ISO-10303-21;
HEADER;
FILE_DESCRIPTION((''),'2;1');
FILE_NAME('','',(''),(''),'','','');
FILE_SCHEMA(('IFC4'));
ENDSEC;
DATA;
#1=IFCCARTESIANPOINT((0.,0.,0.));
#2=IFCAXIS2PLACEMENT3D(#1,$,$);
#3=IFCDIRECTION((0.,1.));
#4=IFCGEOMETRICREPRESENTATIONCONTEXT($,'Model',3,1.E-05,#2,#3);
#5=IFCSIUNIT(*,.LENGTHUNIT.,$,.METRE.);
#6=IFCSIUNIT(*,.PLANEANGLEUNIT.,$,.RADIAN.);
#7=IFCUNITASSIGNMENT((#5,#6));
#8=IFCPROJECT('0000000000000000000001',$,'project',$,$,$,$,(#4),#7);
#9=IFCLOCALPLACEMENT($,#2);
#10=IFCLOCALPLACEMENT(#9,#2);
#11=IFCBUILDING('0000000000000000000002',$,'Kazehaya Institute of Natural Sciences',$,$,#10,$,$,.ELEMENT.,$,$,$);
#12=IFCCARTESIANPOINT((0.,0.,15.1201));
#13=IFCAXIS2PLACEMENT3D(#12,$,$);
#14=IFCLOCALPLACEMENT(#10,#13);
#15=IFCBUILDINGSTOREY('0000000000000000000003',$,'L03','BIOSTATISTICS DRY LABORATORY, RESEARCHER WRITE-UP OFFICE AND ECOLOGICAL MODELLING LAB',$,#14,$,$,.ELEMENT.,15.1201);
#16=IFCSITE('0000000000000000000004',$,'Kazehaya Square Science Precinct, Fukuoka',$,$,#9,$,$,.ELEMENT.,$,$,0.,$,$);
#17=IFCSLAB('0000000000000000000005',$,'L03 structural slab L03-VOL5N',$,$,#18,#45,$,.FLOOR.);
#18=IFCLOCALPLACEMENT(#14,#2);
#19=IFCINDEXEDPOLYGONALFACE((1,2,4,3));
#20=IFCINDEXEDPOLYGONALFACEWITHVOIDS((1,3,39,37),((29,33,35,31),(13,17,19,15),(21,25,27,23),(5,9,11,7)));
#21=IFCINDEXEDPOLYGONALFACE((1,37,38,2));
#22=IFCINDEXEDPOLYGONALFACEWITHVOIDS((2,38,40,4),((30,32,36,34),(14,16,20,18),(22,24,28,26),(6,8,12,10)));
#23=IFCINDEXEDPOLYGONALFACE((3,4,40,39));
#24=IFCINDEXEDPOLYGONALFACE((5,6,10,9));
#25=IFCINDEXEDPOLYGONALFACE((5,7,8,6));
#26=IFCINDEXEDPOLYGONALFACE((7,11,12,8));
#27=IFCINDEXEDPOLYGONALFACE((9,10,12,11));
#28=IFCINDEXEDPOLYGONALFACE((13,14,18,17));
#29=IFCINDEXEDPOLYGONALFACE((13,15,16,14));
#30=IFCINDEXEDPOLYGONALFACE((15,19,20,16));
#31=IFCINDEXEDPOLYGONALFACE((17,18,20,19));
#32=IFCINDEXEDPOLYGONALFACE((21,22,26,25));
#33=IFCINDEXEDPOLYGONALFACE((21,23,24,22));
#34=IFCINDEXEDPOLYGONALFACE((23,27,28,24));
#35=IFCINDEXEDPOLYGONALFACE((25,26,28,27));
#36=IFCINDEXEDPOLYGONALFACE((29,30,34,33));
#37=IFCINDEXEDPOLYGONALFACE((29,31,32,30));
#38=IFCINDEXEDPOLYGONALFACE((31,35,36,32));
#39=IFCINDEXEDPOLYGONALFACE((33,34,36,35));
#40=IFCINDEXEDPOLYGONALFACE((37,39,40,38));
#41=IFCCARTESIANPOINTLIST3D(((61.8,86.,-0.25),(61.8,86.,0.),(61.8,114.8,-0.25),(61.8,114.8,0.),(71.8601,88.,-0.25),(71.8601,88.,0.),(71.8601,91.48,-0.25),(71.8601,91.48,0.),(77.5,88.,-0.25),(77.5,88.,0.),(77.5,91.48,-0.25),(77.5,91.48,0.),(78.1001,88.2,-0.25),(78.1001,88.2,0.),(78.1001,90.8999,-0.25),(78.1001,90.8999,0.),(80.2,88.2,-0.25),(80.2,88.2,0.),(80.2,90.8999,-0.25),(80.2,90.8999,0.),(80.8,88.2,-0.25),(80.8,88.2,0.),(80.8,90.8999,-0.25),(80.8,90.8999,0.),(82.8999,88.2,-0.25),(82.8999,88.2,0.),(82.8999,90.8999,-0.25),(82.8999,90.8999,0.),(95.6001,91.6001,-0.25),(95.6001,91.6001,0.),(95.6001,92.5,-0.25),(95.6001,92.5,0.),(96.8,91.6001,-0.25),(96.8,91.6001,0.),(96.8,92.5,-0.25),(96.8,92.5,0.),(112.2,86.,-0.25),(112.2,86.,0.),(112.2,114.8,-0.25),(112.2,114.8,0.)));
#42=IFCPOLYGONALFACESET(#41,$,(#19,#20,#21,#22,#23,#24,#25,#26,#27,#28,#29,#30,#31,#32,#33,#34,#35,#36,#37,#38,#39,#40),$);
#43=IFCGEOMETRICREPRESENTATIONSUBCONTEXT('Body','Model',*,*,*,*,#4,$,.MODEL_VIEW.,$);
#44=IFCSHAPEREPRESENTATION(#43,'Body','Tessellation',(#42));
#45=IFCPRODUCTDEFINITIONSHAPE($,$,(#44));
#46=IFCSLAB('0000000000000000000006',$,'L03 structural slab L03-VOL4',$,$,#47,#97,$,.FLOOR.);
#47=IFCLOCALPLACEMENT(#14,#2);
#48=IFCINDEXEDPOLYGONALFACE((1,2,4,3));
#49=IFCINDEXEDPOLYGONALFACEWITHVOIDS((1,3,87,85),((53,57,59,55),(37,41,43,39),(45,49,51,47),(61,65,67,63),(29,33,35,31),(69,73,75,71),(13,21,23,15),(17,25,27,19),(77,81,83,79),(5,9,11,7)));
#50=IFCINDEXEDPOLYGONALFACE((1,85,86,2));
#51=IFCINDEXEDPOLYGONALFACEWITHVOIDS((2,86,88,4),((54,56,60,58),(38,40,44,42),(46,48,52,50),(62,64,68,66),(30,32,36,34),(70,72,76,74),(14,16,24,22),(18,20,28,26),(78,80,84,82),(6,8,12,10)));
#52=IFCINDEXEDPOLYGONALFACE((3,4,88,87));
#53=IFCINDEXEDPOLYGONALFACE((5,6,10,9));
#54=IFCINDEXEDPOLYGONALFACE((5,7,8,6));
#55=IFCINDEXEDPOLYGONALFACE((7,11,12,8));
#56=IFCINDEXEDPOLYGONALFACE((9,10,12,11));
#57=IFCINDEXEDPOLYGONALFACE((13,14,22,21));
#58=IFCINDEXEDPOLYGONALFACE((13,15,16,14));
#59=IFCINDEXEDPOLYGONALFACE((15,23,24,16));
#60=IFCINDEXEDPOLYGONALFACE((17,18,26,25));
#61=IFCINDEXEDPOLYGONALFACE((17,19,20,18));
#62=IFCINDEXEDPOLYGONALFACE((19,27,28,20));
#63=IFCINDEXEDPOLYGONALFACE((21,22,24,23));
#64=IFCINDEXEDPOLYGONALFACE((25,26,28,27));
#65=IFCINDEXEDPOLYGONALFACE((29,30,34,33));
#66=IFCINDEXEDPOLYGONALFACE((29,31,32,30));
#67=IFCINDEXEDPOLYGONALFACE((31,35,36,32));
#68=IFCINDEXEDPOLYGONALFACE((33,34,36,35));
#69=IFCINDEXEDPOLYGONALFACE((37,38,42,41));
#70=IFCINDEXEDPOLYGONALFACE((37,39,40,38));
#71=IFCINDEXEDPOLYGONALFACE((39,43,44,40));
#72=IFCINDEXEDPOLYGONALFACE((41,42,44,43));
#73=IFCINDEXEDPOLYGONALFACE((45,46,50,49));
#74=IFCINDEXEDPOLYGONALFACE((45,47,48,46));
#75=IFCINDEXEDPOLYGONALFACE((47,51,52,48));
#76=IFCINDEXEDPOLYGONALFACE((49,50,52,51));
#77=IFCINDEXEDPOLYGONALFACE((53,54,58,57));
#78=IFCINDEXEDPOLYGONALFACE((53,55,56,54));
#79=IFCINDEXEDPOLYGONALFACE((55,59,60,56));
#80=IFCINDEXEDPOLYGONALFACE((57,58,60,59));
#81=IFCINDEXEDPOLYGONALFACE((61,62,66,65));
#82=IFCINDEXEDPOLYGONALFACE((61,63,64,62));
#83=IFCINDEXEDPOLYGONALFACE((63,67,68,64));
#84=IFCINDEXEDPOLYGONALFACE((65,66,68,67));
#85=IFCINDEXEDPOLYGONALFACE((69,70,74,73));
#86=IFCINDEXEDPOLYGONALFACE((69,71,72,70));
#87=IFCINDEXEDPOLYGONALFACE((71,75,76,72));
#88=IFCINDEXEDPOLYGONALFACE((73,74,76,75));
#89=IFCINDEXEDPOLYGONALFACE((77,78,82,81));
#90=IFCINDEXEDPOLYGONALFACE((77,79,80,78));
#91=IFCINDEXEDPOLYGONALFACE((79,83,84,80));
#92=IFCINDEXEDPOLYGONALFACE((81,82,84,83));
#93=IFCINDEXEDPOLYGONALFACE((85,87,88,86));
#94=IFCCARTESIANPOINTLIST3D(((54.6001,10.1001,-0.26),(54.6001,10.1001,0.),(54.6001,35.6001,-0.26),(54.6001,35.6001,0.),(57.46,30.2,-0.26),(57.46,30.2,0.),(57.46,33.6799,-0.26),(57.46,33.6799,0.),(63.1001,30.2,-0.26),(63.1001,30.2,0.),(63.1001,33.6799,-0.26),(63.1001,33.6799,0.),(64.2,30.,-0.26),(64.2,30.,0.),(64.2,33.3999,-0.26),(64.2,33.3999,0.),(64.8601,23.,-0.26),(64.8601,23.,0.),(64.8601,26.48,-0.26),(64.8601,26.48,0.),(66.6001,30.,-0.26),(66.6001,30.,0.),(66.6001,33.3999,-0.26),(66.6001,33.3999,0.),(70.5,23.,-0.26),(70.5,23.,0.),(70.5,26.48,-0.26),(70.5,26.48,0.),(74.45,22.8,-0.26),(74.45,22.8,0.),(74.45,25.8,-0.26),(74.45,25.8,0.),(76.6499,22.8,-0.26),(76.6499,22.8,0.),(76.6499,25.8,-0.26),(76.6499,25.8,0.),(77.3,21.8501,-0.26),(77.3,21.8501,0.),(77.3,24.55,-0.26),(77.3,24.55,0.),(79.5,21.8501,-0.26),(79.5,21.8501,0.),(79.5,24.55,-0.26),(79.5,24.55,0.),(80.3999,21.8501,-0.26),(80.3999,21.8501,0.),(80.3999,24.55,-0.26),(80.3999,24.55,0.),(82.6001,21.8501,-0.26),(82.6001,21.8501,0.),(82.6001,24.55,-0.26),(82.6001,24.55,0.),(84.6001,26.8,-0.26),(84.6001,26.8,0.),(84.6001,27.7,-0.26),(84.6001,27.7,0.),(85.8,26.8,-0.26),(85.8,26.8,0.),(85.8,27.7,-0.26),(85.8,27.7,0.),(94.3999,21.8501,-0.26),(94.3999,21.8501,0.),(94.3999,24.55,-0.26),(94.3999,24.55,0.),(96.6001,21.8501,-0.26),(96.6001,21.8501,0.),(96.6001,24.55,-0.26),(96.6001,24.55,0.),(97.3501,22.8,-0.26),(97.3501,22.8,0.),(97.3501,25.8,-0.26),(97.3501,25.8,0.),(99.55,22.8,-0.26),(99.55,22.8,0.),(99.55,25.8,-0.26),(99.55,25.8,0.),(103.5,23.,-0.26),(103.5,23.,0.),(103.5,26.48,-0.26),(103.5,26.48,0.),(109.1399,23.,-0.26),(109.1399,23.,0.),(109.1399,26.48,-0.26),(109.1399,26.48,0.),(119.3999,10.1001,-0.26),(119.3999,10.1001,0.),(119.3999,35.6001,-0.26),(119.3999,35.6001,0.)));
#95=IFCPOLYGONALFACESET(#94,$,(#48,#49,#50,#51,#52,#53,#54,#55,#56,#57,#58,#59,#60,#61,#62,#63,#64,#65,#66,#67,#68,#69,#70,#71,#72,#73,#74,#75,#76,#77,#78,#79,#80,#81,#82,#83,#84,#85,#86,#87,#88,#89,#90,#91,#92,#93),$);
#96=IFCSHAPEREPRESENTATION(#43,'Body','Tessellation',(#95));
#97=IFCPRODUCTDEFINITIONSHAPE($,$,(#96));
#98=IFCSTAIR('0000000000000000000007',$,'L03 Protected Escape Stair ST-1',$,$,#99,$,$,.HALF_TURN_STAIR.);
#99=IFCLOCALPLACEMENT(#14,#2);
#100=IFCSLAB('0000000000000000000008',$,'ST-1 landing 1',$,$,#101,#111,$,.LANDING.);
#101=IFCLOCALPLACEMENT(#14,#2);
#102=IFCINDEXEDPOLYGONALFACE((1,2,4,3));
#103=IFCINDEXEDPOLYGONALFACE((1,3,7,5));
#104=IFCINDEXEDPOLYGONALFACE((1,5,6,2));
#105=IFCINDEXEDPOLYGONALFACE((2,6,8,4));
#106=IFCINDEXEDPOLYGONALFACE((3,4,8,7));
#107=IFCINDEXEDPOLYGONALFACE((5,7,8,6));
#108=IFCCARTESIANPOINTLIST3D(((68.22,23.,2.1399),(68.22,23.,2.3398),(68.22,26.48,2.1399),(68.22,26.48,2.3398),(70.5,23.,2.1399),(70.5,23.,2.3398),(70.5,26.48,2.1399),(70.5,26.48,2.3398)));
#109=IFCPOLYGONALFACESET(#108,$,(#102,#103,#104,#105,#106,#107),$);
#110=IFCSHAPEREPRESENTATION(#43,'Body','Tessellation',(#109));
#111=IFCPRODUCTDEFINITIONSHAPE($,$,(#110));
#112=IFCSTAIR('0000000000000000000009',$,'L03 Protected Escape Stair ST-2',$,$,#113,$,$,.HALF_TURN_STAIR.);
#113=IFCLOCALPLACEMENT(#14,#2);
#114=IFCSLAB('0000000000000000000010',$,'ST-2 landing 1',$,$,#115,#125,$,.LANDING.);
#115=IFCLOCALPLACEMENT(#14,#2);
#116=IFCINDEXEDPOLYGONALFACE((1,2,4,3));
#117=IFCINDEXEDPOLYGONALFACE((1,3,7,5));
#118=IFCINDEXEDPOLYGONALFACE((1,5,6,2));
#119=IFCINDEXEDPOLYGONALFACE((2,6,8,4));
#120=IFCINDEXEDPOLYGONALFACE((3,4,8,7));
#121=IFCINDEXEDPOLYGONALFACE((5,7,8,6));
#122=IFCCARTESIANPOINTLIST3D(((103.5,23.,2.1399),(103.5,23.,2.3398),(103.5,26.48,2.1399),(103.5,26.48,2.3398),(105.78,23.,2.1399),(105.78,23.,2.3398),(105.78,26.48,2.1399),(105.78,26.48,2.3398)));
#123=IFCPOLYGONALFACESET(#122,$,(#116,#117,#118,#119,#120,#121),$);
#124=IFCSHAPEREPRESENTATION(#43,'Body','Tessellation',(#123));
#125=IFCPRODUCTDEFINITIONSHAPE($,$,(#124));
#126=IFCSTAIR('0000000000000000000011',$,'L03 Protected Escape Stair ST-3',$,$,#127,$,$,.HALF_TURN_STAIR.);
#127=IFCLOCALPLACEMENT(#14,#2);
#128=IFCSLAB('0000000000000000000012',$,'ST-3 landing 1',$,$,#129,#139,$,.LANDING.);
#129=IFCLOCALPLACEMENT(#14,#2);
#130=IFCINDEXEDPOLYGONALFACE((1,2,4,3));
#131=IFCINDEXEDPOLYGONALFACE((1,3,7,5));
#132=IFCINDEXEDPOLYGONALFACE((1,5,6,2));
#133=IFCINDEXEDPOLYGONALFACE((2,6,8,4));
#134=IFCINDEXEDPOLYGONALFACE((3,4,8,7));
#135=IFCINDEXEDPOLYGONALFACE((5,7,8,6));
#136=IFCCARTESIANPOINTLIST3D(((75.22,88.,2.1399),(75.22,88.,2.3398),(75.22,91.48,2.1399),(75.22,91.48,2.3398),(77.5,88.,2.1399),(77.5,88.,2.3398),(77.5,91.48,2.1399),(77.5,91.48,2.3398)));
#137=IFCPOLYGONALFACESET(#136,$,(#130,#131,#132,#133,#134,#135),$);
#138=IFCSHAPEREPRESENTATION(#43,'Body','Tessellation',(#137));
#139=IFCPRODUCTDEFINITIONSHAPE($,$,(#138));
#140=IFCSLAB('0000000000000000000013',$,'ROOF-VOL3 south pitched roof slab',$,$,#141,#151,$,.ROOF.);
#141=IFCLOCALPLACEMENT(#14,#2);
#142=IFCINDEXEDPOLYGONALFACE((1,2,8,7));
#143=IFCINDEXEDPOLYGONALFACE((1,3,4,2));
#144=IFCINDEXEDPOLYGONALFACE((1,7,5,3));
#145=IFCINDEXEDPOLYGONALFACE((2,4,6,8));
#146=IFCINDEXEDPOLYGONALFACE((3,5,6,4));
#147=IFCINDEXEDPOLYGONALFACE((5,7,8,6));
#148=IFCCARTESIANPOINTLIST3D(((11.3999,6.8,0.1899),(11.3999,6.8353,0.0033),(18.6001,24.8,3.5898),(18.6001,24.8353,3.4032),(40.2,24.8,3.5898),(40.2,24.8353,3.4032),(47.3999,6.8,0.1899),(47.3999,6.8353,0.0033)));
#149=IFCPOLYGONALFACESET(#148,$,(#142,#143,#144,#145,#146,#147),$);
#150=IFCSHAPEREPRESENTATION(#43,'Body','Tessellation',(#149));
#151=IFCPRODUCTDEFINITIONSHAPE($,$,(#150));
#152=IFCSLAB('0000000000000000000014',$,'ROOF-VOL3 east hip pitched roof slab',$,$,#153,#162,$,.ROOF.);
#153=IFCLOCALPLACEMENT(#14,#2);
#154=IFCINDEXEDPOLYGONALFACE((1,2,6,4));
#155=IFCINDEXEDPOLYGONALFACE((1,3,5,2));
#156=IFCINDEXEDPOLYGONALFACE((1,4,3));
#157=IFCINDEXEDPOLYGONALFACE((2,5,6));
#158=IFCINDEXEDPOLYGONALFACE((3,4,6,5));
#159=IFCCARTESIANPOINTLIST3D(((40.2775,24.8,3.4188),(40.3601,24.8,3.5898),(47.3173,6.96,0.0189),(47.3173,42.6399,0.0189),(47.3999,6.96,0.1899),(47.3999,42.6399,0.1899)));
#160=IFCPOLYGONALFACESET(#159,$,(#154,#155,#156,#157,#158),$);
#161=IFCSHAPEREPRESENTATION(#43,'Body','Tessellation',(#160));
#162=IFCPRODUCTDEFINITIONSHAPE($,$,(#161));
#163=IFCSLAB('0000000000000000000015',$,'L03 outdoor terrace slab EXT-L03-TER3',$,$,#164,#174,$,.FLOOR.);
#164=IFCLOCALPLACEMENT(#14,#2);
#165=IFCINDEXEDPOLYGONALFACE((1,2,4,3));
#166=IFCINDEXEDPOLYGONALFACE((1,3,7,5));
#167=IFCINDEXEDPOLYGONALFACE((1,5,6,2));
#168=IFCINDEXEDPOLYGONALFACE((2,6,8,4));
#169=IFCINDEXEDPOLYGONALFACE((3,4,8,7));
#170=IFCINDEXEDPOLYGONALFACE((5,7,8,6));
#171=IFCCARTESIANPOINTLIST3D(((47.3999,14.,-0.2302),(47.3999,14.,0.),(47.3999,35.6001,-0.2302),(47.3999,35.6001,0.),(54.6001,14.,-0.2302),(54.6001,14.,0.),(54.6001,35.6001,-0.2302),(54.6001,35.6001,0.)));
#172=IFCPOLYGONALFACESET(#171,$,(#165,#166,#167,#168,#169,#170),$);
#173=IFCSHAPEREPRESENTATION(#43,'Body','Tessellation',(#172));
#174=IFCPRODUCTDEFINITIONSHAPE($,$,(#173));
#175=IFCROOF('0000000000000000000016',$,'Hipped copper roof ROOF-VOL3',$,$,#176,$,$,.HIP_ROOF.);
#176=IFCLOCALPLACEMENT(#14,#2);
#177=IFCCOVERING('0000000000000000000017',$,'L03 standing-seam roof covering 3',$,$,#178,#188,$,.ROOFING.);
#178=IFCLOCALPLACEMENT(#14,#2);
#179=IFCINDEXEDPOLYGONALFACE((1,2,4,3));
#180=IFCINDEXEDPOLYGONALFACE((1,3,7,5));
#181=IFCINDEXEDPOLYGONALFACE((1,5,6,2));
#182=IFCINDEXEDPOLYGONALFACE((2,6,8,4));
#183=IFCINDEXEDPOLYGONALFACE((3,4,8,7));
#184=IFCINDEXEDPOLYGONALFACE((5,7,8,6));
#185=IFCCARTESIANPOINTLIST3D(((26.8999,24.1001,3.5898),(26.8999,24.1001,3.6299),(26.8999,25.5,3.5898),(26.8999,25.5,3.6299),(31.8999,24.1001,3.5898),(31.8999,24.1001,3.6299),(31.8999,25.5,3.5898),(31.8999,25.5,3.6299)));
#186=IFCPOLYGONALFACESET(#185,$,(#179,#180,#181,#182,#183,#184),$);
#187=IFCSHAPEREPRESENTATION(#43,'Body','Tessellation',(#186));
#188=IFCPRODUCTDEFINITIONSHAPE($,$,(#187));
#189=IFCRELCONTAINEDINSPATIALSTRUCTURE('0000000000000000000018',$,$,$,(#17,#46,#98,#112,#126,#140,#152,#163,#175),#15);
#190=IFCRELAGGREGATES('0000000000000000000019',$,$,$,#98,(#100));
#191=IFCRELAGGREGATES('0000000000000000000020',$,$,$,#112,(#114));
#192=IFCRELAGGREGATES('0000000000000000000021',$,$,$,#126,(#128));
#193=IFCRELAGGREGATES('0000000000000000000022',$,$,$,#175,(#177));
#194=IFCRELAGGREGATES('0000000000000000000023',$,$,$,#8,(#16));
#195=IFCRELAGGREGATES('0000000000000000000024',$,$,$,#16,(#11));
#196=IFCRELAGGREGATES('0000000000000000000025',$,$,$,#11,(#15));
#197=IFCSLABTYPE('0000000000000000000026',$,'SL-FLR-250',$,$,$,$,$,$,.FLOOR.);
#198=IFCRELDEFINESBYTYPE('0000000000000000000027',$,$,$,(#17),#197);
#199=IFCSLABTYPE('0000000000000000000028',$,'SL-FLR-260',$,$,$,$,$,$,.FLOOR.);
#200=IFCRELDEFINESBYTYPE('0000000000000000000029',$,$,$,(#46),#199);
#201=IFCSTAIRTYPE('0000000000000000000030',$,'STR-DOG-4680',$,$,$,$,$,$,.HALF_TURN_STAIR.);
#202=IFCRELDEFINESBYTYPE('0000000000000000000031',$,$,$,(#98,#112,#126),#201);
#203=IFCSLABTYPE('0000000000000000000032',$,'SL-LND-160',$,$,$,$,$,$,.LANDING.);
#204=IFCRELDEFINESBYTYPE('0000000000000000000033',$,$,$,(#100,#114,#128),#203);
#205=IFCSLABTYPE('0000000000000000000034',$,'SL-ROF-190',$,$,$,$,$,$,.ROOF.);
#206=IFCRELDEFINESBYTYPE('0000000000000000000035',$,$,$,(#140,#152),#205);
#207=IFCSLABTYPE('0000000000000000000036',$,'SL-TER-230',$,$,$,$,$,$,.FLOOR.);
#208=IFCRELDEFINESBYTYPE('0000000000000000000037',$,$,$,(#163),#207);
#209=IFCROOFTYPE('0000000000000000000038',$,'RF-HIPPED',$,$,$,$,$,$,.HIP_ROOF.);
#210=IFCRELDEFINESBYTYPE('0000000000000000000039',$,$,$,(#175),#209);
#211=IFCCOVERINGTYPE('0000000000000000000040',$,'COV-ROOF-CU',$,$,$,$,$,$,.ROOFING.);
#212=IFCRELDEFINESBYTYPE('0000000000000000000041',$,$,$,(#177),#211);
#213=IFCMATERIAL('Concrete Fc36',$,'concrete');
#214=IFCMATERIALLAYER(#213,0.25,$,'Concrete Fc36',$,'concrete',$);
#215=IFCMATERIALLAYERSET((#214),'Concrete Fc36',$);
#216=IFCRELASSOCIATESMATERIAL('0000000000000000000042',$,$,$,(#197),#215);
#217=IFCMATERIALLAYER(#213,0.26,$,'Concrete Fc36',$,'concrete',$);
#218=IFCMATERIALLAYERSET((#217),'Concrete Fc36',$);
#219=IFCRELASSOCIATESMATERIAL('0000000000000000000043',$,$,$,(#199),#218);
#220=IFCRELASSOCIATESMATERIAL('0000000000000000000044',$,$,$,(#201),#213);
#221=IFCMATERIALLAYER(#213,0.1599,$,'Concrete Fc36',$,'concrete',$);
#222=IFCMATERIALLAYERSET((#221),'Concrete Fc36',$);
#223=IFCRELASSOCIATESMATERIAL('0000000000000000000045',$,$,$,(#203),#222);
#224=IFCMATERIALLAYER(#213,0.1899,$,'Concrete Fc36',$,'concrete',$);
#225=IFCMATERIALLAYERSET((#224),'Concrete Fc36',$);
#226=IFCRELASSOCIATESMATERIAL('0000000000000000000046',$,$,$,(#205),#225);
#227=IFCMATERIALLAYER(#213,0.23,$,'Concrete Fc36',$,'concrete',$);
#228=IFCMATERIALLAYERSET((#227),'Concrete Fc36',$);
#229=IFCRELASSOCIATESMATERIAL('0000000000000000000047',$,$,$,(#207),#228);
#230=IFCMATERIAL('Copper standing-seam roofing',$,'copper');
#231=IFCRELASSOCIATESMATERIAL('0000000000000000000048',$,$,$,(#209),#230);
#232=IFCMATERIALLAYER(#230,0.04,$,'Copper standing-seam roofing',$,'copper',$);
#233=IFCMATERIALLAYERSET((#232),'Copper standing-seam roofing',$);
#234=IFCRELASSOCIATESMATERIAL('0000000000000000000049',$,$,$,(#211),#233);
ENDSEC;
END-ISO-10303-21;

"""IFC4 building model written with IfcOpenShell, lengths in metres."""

from ifc_helpers import new_model, si_unit, direction, frame, origin, origin_2d, place, context, subcontext, project, spatial, polyline, rectangle, outline, extrude, material, layer, layer_set, type_object, element, aggregate, save


model = new_model("IFC4")

# Units and contexts
model_context = context("Model", 3, precision=1e-05, world=origin(), true_north=direction((0.0, 1.0)))
body_context = subcontext(model_context, "Body", "Model", "MODEL_VIEW")
ifc_project = project(units=[si_unit("LENGTHUNIT", "METRE"), si_unit("PLANEANGLEUNIT", "RADIAN")], contexts=[model_context])

# Site, building, storey
site_placement = place(None, origin())
site = spatial("IfcSite", under=ifc_project, at=site_placement, Name="Kazehaya Square Science Precinct, Fukuoka", CompositionType="ELEMENT", RefElevation=0.0)
building_placement = place(site_placement, origin())
building = spatial("IfcBuilding", under=site, at=building_placement, Name="Kazehaya Institute of Natural Sciences", CompositionType="ELEMENT")
storey_placement = place(building_placement, frame((0.0, 0.0, 15.1201)))
storey = spatial("IfcBuildingStorey", under=building, at=storey_placement, Name="L03", Description="BIOSTATISTICS DRY LABORATORY, RESEARCHER WRITE-UP OFFICE AND ECOLOGICAL MODELLING LAB", CompositionType="ELEMENT", Elevation=15.1201)

# Shared definitions
ifc_material_1 = material(Name="Concrete Fc36", Category="concrete")

# Shared definitions
ifc_layer_1 = layer(ifc_material_1, 0.25, Name="Concrete Fc36", Category="concrete")
ifc_layer_set_1 = layer_set([ifc_layer_1], Name="Concrete Fc36")
slab_type_1 = type_object("IfcSlabType", Name="SL-FLR-250", PredefinedType="FLOOR", material=ifc_layer_set_1)

# Slabs
slab_1_placement = place(storey_placement, frame((0.0, 0.0, -0.25)))
element("IfcSlab", 1, at=slab_1_placement, inside=storey, type_object=slab_type_1, Name="L03 structural slab L03-VOL5N", PredefinedType="FLOOR", context=body_context, shape_type="SweptSolid", body=[
    extrude(outline(polyline([(61.8, 86.0), (112.2, 86.0), (112.2, 114.8), (61.8, 114.8), (61.8, 86.0)]), holes=[polyline([(95.6001, 91.6001), (96.8, 91.6001), (96.8, 92.5), (95.6001, 92.5), (95.6001, 91.6001)]), polyline([(71.8601, 88.0), (77.5, 88.0), (77.5, 91.48), (71.8601, 91.48), (71.8601, 88.0)]), polyline([(78.1001, 88.2), (80.2, 88.2), (80.2, 90.8999), (78.1001, 90.8999), (78.1001, 88.2)]), polyline([(80.8, 88.2), (82.8999, 88.2), (82.8999, 90.8999), (80.8, 90.8999), (80.8, 88.2)])]), origin(), (0.0, 0.0, 1.0), 0.25),
])
ifc_layer_2 = layer(ifc_material_1, 0.26, Name="Concrete Fc36", Category="concrete")
ifc_layer_set_2 = layer_set([ifc_layer_2], Name="Concrete Fc36")
slab_type_2 = type_object("IfcSlabType", Name="SL-FLR-260", PredefinedType="FLOOR", material=ifc_layer_set_2)
slab_2_placement = place(storey_placement, frame((0.0, 0.0, -0.26)))
element("IfcSlab", 2, at=slab_2_placement, inside=storey, type_object=slab_type_2, Name="L03 structural slab L03-VOL4", PredefinedType="FLOOR", context=body_context, shape_type="SweptSolid", body=[
    extrude(outline(polyline([(54.6001, 10.1001), (119.3999, 10.1001), (119.3999, 35.6001), (54.6001, 35.6001), (54.6001, 10.1001)]), holes=[polyline([(84.6001, 26.8), (85.8, 26.8), (85.8, 27.7), (84.6001, 27.7), (84.6001, 26.8)]), polyline([(64.8601, 23.0), (70.5, 23.0), (70.5, 26.48), (64.8601, 26.48), (64.8601, 23.0)]), polyline([(103.5, 23.0), (109.1399, 23.0), (109.1399, 26.48), (103.5, 26.48), (103.5, 23.0)]), polyline([(57.46, 30.2), (63.1001, 30.2), (63.1001, 33.6799), (57.46, 33.6799), (57.46, 30.2)]), polyline([(74.45, 22.8), (76.6499, 22.8), (76.6499, 25.8), (74.45, 25.8), (74.45, 22.8)]), polyline([(97.3501, 22.8), (99.55, 22.8), (99.55, 25.8), (97.3501, 25.8), (97.3501, 22.8)]), polyline([(77.3, 21.8501), (79.5, 21.8501), (79.5, 24.55), (77.3, 24.55), (77.3, 21.8501)]), polyline([(80.3999, 21.8501), (82.6001, 21.8501), (82.6001, 24.55), (80.3999, 24.55), (80.3999, 21.8501)]), polyline([(94.3999, 21.8501), (96.6001, 21.8501), (96.6001, 24.55), (94.3999, 24.55), (94.3999, 21.8501)]), polyline([(64.2, 30.0), (66.6001, 30.0), (66.6001, 33.3999), (64.2, 33.3999), (64.2, 30.0)])]), origin(), (0.0, 0.0, 1.0), 0.26),
])

# Stairs, slabs
stair_type = type_object("IfcStairType", Name="STR-DOG-4680", PredefinedType="HALF_TURN_STAIR", material=ifc_material_1)
stair_1_placement = place(storey_placement, origin())
stair_1 = element("IfcStair", 3, at=stair_1_placement, inside=storey, type_object=stair_type, Name="L03 Protected Escape Stair ST-1", PredefinedType="HALF_TURN_STAIR")
ifc_layer_3 = layer(ifc_material_1, 0.1599, Name="Concrete Fc36", Category="concrete")
ifc_layer_set_3 = layer_set([ifc_layer_3], Name="Concrete Fc36")
slab_type_3 = type_object("IfcSlabType", Name="SL-LND-160", PredefinedType="LANDING", material=ifc_layer_set_3)
slab_3_placement = place(storey_placement, frame((0.0, 0.0, 2.1399)))
slab_3 = element("IfcSlab", 4, at=slab_3_placement, type_object=slab_type_3, Name="ST-1 landing 1", PredefinedType="LANDING", context=body_context, shape_type="SweptSolid", body=[
    extrude(outline(polyline([(68.22, 23.0), (70.5, 23.0), (70.5, 26.48), (68.22, 26.48), (68.22, 23.0)])), origin(), (0.0, 0.0, 1.0), 0.2),
])
aggregate(stair_1, [slab_3])
stair_2_placement = place(storey_placement, origin())
stair_2 = element("IfcStair", 5, at=stair_2_placement, inside=storey, type_object=stair_type, Name="L03 Protected Escape Stair ST-2", PredefinedType="HALF_TURN_STAIR")
slab_4_placement = place(storey_placement, frame((0.0, 0.0, 2.1399)))
slab_4 = element("IfcSlab", 6, at=slab_4_placement, type_object=slab_type_3, Name="ST-2 landing 1", PredefinedType="LANDING", context=body_context, shape_type="SweptSolid", body=[
    extrude(outline(polyline([(105.78, 26.48), (103.5, 26.48), (103.5, 23.0), (105.78, 23.0), (105.78, 26.48)])), origin(), (0.0, 0.0, 1.0), 0.2),
])
aggregate(stair_2, [slab_4])
stair_3_placement = place(storey_placement, origin())
stair_3 = element("IfcStair", 7, at=stair_3_placement, inside=storey, type_object=stair_type, Name="L03 Protected Escape Stair ST-3", PredefinedType="HALF_TURN_STAIR")
slab_5_placement = place(storey_placement, frame((0.0, 0.0, 2.1399)))
slab_5 = element("IfcSlab", 8, at=slab_5_placement, type_object=slab_type_3, Name="ST-3 landing 1", PredefinedType="LANDING", context=body_context, shape_type="SweptSolid", body=[
    extrude(outline(polyline([(75.22, 88.0), (77.5, 88.0), (77.5, 91.48), (75.22, 91.48), (75.22, 88.0)])), origin(), (0.0, 0.0, 1.0), 0.2),
])
aggregate(stair_3, [slab_5])

# Slabs
ifc_layer_4 = layer(ifc_material_1, 0.1899, Name="Concrete Fc36", Category="concrete")
ifc_layer_set_4 = layer_set([ifc_layer_4], Name="Concrete Fc36")
slab_type_4 = type_object("IfcSlabType", Name="SL-ROF-190", PredefinedType="ROOF", material=ifc_layer_set_4)
slab_6_placement = place(storey_placement, frame((11.3999, 6.8, 0.1899), z_axis=(0.0, -0.185602, 0.982625), x_axis=(1.0, 0.0, 0.0)))
element("IfcSlab", 9, at=slab_6_placement, inside=storey, type_object=slab_type_4, Name="ROOF-VOL3 south pitched roof slab", PredefinedType="ROOF", context=body_context, shape_type="SweptSolid", body=[
    extrude(outline(polyline([(0.0, 0.0), (36.0, 0.0), (28.8, 18.3183), (7.2002, 18.3183), (0.0, 0.0)])), origin(), (0.0, 0.0, -1.0), 0.1899),
])
slab_7_placement = place(storey_placement, frame((47.3999, 6.96, 0.1899), z_axis=(0.434892, 0.0, 0.900482), x_axis=(0.0, 1.0, 0.0)))
element("IfcSlab", 10, at=slab_7_placement, inside=storey, type_object=slab_type_4, Name="ROOF-VOL3 east hip pitched roof slab", PredefinedType="ROOF", context=body_context, shape_type="SweptSolid", body=[
    extrude(outline(polyline([(0.0, 0.0), (35.6799, 0.0), (17.8401, 7.8178), (0.0, 0.0)])), origin(), (0.0, 0.0, -1.0), 0.1899),
])
ifc_layer_5 = layer(ifc_material_1, 0.23, Name="Concrete Fc36", Category="concrete")
ifc_layer_set_5 = layer_set([ifc_layer_5], Name="Concrete Fc36")
slab_type_5 = type_object("IfcSlabType", Name="SL-TER-230", PredefinedType="FLOOR", material=ifc_layer_set_5)
slab_8_placement = place(storey_placement, frame((0.0, 0.0, -0.2302)))
element("IfcSlab", 11, at=slab_8_placement, inside=storey, type_object=slab_type_5, Name="L03 outdoor terrace slab EXT-L03-TER3", PredefinedType="FLOOR", context=body_context, shape_type="SweptSolid", body=[
    extrude(outline(polyline([(47.3999, 14.0), (54.6001, 14.0), (54.6001, 35.6001), (47.3999, 35.6001), (47.3999, 14.0)])), origin(), (0.0, 0.0, 1.0), 0.2302),
])

# Roof, covering
ifc_material_2 = material(Name="Copper standing-seam roofing", Category="copper")
roof_type = type_object("IfcRoofType", Name="RF-HIPPED", PredefinedType="HIP_ROOF", material=ifc_material_2)
roof_placement = place(storey_placement, origin())
roof = element("IfcRoof", 12, at=roof_placement, inside=storey, type_object=roof_type, Name="Hipped copper roof ROOF-VOL3", PredefinedType="HIP_ROOF")
ifc_layer_6 = layer(ifc_material_2, 0.04, Name="Copper standing-seam roofing", Category="copper")
ifc_layer_set_6 = layer_set([ifc_layer_6], Name="Copper standing-seam roofing")
covering_type = type_object("IfcCoveringType", Name="COV-ROOF-CU", PredefinedType="ROOFING", material=ifc_layer_set_6)
covering_placement = place(storey_placement, frame((29.3999, 24.8, 3.5898), z_axis=(0.0, 0.0, 1.0), x_axis=(1.0, 0.0, 0.0)))
covering = element("IfcCovering", 13, at=covering_placement, type_object=covering_type, Name="L03 standing-seam roof covering 3", PredefinedType="ROOFING", context=body_context, shape_type="SweptSolid", body=[
    extrude(rectangle(XDim=5.0, YDim=1.3999, at=origin_2d()), origin(), (0.0, 0.0, 1.0), 0.04),
])
aggregate(roof, [covering])

save(model, "model.ifc")
